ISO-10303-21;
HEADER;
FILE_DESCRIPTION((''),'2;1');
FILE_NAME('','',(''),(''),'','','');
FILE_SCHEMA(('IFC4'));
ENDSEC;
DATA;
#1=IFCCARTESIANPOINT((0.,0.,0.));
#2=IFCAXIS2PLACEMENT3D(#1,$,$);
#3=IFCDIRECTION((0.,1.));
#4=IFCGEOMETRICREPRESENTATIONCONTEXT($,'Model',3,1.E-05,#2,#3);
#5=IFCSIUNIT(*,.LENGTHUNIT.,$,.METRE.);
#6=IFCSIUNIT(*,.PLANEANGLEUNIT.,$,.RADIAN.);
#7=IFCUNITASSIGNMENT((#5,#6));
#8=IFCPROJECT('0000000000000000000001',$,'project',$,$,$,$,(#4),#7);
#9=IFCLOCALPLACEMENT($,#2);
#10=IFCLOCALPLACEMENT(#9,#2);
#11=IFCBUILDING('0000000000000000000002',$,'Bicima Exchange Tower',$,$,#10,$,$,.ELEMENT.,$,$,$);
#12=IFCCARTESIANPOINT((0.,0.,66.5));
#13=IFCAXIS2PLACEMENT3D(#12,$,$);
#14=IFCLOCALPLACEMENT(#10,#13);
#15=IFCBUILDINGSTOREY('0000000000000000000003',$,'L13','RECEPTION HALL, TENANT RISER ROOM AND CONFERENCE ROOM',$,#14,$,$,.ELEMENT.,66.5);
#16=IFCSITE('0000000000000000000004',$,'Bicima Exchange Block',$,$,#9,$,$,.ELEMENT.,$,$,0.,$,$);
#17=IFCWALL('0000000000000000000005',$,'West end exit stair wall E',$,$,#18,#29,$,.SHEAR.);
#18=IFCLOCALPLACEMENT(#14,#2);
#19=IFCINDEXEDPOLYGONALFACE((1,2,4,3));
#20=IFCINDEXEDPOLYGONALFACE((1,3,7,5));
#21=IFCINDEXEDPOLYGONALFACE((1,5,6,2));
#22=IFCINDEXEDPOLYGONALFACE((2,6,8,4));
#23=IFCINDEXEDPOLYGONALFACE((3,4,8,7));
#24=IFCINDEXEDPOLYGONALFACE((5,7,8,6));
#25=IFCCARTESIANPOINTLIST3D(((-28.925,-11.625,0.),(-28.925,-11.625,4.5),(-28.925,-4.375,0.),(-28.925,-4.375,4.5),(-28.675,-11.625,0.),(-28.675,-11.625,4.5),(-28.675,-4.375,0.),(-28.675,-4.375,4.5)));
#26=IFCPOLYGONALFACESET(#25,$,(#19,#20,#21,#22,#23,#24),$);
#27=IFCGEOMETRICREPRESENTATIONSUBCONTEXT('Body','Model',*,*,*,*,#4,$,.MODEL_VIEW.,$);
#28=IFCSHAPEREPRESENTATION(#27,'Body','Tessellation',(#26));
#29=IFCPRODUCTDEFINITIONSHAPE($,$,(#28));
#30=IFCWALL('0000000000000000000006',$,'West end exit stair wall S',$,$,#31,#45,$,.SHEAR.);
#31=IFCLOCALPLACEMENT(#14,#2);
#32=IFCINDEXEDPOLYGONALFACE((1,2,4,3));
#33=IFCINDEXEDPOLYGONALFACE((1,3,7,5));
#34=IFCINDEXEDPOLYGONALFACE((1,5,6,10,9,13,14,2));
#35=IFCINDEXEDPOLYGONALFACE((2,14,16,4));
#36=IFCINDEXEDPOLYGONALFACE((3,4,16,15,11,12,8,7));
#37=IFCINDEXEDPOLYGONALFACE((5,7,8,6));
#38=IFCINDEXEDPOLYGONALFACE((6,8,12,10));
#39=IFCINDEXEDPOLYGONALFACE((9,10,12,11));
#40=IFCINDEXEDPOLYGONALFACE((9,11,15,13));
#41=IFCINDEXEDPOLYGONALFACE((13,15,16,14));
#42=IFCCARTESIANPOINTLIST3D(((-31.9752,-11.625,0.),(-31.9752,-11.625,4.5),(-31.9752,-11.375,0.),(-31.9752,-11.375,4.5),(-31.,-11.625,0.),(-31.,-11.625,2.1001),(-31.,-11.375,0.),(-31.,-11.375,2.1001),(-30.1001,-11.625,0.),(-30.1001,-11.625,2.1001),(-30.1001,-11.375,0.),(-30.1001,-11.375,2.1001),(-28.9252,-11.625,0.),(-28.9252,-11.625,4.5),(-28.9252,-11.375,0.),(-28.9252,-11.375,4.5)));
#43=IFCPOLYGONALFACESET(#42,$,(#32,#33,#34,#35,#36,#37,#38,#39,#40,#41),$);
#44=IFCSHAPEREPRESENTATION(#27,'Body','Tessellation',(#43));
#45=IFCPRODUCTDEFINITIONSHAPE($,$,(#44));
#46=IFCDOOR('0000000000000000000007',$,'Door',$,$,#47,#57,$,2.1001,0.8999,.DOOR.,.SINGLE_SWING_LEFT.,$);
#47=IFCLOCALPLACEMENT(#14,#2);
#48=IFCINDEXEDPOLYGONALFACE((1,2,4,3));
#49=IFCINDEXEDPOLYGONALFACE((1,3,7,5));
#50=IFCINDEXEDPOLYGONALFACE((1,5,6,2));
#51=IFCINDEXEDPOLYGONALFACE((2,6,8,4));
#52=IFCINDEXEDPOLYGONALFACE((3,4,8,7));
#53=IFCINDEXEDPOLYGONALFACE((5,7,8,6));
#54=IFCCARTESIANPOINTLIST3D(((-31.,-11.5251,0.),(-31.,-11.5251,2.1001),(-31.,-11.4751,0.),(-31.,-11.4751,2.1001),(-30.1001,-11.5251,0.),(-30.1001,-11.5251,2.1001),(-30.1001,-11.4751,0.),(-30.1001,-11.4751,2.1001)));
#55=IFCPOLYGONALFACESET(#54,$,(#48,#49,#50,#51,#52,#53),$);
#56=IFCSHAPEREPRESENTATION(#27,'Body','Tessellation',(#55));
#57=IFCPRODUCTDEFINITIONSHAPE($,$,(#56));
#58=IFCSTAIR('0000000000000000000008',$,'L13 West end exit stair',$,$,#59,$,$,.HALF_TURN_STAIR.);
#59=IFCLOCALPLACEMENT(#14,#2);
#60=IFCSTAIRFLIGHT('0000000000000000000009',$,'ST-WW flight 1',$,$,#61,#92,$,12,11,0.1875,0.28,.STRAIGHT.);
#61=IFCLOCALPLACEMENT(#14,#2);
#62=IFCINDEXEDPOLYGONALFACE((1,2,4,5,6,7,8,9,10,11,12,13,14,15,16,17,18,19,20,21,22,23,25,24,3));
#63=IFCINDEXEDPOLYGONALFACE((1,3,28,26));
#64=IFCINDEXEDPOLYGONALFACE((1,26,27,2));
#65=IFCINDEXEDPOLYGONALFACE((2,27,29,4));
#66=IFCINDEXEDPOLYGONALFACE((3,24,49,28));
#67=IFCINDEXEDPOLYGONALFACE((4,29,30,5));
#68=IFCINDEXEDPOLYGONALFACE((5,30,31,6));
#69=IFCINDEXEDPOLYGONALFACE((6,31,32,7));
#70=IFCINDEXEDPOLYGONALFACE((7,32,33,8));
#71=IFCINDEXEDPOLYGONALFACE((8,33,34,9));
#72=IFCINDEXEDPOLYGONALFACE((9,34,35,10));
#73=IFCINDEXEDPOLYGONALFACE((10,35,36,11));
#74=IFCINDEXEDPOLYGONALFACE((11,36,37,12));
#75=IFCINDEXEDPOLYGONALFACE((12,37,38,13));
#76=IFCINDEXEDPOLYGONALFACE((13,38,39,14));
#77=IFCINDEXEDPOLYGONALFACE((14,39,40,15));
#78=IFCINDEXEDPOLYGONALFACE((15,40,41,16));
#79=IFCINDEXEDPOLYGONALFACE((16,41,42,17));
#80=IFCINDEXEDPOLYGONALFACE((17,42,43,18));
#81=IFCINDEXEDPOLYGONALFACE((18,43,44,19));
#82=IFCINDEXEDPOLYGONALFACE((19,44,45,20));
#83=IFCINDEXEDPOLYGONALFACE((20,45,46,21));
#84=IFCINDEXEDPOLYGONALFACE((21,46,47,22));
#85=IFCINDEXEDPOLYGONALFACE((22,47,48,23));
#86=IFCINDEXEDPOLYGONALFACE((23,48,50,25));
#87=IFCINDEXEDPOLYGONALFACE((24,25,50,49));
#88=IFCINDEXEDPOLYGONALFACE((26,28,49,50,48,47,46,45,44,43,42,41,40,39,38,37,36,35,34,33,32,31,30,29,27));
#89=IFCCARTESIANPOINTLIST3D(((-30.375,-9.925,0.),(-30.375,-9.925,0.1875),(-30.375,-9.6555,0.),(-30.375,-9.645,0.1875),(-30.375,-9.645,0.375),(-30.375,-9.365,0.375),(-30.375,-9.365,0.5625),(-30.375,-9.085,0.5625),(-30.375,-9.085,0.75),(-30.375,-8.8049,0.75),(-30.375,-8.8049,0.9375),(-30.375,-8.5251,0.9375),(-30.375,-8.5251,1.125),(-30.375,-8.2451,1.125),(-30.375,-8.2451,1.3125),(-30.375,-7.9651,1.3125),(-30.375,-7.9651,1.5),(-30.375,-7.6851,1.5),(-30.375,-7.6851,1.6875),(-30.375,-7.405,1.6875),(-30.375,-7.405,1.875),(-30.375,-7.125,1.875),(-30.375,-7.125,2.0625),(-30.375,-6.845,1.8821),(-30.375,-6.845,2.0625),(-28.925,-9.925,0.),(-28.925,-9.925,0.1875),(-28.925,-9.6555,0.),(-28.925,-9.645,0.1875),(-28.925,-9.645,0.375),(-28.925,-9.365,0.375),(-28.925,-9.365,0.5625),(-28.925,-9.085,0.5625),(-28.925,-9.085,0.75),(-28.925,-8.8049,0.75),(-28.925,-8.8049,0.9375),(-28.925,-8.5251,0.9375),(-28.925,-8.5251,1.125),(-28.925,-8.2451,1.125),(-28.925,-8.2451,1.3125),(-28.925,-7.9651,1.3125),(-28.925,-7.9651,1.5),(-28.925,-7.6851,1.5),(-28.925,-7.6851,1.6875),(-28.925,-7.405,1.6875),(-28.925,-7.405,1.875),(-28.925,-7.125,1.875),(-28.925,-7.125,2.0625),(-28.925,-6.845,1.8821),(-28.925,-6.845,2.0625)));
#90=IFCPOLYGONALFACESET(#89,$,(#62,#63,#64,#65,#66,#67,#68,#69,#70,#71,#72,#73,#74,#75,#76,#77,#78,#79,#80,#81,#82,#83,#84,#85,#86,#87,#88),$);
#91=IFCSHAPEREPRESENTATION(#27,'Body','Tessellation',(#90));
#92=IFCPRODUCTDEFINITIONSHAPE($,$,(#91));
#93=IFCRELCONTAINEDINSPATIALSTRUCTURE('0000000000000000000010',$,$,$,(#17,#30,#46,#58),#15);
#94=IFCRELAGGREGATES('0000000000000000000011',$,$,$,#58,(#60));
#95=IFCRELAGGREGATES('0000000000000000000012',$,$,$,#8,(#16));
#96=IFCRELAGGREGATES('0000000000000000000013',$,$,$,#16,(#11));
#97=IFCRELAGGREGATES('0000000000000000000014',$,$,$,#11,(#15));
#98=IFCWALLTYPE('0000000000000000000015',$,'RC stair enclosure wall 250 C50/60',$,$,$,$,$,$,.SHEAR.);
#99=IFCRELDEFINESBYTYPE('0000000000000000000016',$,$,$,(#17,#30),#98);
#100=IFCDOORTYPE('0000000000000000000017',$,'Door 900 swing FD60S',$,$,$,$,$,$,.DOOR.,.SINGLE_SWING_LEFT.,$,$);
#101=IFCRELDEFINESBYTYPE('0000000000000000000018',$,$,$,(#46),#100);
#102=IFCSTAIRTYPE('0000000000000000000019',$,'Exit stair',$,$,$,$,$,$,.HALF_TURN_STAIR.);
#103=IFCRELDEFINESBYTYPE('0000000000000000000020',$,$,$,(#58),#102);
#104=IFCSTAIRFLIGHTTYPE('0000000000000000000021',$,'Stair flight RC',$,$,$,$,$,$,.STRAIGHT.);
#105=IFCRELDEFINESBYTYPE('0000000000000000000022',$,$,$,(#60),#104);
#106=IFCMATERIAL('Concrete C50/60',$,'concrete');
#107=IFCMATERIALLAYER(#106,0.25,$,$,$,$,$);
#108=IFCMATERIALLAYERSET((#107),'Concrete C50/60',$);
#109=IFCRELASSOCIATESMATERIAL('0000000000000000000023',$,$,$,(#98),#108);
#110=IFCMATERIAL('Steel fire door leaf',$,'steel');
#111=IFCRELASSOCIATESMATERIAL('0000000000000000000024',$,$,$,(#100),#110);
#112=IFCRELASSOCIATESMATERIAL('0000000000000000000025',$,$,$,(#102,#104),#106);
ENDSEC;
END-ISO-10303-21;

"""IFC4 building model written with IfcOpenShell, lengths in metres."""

from ifc_helpers import new_model, si_unit, direction, frame, frame_2d, origin, place, context, subcontext, project, spatial, polyline, rectangle, outline, extrude, material, layer, layer_set, type_object, element, fill, aggregate, save


model = new_model("IFC4")

# Units and contexts
model_context = context("Model", 3, precision=1e-05, world=origin(), true_north=direction((0.0, 1.0)))
body_context = subcontext(model_context, "Body", "Model", "MODEL_VIEW")
ifc_project = project(units=[si_unit("LENGTHUNIT", "METRE"), si_unit("PLANEANGLEUNIT", "RADIAN")], contexts=[model_context])

# Site, building, storey
site_placement = place(None, origin())
site = spatial("IfcSite", under=ifc_project, at=site_placement, Name="Bicima Exchange Block", CompositionType="ELEMENT", RefElevation=0.0)
building_placement = place(site_placement, origin())
building = spatial("IfcBuilding", under=site, at=building_placement, Name="Bicima Exchange Tower", CompositionType="ELEMENT")
storey_placement = place(building_placement, frame((0.0, 0.0, 66.5)))
storey = spatial("IfcBuildingStorey", under=building, at=storey_placement, Name="L13", Description="RECEPTION HALL, TENANT RISER ROOM AND CONFERENCE ROOM", CompositionType="ELEMENT", Elevation=66.5)

# Shared definitions
ifc_material_1 = material(Name="Steel fire door leaf", Category="steel")

# Wall
ifc_material_2 = material(Name="Concrete C50/60", Category="concrete")
ifc_layer_1 = layer(ifc_material_2, 0.25)
ifc_layer_set_1 = layer_set([ifc_layer_1], Name="Concrete C50/60")
wall_type_1 = type_object("IfcWallType", Name="RC stair enclosure wall 250 C50/60", PredefinedType="SHEAR", material=ifc_layer_set_1)
wall_1_placement = place(storey_placement, frame((-28.8, -11.625, 0.0), z_axis=(0.0, 0.0, 1.0), x_axis=(0.0, 1.0, 0.0)))
element("IfcWall", 1, at=wall_1_placement, inside=storey, type_object=wall_type_1, Name="West end exit stair wall E", PredefinedType="SHEAR", context=body_context, shape_type="SweptSolid", body=[
    extrude(rectangle(XDim=7.25, YDim=0.25, at=frame_2d((3.625, 0.0))), origin(), (0.0, 0.0, 1.0), 4.5),
])

# Wall, opening, door
wall_2_placement = place(storey_placement, frame((-31.9751, -11.5, 0.0), z_axis=(0.0, 0.0, 1.0), x_axis=(1.0, 0.0, 0.0)))
wall_2 = element("IfcWall", 2, at=wall_2_placement, inside=storey, type_object=wall_type_1, Name="West end exit stair wall S", PredefinedType="SHEAR", context=body_context, shape_type="SweptSolid", body=[
    extrude(rectangle(XDim=3.05, YDim=0.25, at=frame_2d((1.5249, 0.0))), origin(), (0.0, 0.0, 1.0), 4.5),
])
opening_1_placement = place(wall_2_placement, frame((0.9751, 0.0, 0.0)))
opening_1 = element("IfcOpeningElement", 3, at=opening_1_placement, cuts=wall_2, PredefinedType="OPENING", context=body_context, shape_type="SweptSolid", body=[
    extrude(rectangle(XDim=0.8999, YDim=2.1001, at=frame_2d((0.45, 1.05))), frame((0.0, 0.137, 0.0), z_axis=(0.0, -1.0, 0.0), x_axis=(1.0, 0.0, 0.0)), (0.0, 0.0, 1.0), 0.2739),
])
door_type_1 = type_object("IfcDoorType", Name="Door 900 swing FD60S", OperationType="SINGLE_SWING_LEFT", PredefinedType="DOOR", material=ifc_material_1)
door_1_placement = place(opening_1_placement, origin())
door_1 = element("IfcDoor", 4, at=door_1_placement, inside=storey, type_object=door_type_1, Name="Door", OperationType="SINGLE_SWING_LEFT", OverallHeight=2.1001, OverallWidth=0.8999, PredefinedType="DOOR", context=body_context, shape_type="SweptSolid", body=[
    extrude(rectangle(XDim=0.8999, YDim=2.1001, at=frame_2d((0.45, 1.05))), frame((0.0, 0.0249, 0.0), z_axis=(0.0, -1.0, 0.0), x_axis=(1.0, 0.0, 0.0)), (0.0, 0.0, 1.0), 0.05),
])
fill(opening_1, door_1)

# Stair, stair flight
stair_type = type_object("IfcStairType", Name="Exit stair", PredefinedType="HALF_TURN_STAIR", material=ifc_material_2)
stair_placement = place(storey_placement, origin())
stair = element("IfcStair", 5, at=stair_placement, inside=storey, type_object=stair_type, Name="L13 West end exit stair", PredefinedType="HALF_TURN_STAIR")
stair_flight_type = type_object("IfcStairFlightType", Name="Stair flight RC", PredefinedType="STRAIGHT", material=ifc_material_2)
stair_flight_placement = place(storey_placement, frame((-29.6499, -9.925, 0.0), z_axis=(0.0, 0.0, 1.0), x_axis=(0.0, 1.0, 0.0)))
stair_flight = element("IfcStairFlight", 6, at=stair_flight_placement, type_object=stair_flight_type, Name="ST-WW flight 1", NumberOfRisers=12, NumberOfTreads=11, PredefinedType="STRAIGHT", RiserHeight=0.1875, TreadLength=0.28, context=body_context, shape_type="SweptSolid", body=[
    extrude(outline(polyline([(0.0, 0.0), (0.0, 0.1875), (0.28, 0.1875), (0.28, 0.375), (0.5601, 0.375), (0.5601, 0.5625), (0.8401, 0.5625), (0.8401, 0.75), (1.1201, 0.75), (1.1201, 0.9375), (1.3999, 0.9375), (1.3999, 1.125), (1.6799, 1.125), (1.6799, 1.3125), (1.96, 1.3125), (1.96, 1.5), (2.24, 1.5), (2.24, 1.6875), (2.52, 1.6875), (2.52, 1.875), (2.8, 1.875), (2.8, 2.0625), (3.0801, 2.0625), (3.0801, 2.25), (3.0801, 1.8821), (0.2695, 0.0), (0.0, 0.0)])), frame((0.0, 0.7251, 0.0), z_axis=(0.0, -1.0, 0.0), x_axis=(1.0, 0.0, 0.0)), (0.0, 0.0, 1.0), 1.45),
])
aggregate(stair, [stair_flight])

save(model, "model.ifc")
